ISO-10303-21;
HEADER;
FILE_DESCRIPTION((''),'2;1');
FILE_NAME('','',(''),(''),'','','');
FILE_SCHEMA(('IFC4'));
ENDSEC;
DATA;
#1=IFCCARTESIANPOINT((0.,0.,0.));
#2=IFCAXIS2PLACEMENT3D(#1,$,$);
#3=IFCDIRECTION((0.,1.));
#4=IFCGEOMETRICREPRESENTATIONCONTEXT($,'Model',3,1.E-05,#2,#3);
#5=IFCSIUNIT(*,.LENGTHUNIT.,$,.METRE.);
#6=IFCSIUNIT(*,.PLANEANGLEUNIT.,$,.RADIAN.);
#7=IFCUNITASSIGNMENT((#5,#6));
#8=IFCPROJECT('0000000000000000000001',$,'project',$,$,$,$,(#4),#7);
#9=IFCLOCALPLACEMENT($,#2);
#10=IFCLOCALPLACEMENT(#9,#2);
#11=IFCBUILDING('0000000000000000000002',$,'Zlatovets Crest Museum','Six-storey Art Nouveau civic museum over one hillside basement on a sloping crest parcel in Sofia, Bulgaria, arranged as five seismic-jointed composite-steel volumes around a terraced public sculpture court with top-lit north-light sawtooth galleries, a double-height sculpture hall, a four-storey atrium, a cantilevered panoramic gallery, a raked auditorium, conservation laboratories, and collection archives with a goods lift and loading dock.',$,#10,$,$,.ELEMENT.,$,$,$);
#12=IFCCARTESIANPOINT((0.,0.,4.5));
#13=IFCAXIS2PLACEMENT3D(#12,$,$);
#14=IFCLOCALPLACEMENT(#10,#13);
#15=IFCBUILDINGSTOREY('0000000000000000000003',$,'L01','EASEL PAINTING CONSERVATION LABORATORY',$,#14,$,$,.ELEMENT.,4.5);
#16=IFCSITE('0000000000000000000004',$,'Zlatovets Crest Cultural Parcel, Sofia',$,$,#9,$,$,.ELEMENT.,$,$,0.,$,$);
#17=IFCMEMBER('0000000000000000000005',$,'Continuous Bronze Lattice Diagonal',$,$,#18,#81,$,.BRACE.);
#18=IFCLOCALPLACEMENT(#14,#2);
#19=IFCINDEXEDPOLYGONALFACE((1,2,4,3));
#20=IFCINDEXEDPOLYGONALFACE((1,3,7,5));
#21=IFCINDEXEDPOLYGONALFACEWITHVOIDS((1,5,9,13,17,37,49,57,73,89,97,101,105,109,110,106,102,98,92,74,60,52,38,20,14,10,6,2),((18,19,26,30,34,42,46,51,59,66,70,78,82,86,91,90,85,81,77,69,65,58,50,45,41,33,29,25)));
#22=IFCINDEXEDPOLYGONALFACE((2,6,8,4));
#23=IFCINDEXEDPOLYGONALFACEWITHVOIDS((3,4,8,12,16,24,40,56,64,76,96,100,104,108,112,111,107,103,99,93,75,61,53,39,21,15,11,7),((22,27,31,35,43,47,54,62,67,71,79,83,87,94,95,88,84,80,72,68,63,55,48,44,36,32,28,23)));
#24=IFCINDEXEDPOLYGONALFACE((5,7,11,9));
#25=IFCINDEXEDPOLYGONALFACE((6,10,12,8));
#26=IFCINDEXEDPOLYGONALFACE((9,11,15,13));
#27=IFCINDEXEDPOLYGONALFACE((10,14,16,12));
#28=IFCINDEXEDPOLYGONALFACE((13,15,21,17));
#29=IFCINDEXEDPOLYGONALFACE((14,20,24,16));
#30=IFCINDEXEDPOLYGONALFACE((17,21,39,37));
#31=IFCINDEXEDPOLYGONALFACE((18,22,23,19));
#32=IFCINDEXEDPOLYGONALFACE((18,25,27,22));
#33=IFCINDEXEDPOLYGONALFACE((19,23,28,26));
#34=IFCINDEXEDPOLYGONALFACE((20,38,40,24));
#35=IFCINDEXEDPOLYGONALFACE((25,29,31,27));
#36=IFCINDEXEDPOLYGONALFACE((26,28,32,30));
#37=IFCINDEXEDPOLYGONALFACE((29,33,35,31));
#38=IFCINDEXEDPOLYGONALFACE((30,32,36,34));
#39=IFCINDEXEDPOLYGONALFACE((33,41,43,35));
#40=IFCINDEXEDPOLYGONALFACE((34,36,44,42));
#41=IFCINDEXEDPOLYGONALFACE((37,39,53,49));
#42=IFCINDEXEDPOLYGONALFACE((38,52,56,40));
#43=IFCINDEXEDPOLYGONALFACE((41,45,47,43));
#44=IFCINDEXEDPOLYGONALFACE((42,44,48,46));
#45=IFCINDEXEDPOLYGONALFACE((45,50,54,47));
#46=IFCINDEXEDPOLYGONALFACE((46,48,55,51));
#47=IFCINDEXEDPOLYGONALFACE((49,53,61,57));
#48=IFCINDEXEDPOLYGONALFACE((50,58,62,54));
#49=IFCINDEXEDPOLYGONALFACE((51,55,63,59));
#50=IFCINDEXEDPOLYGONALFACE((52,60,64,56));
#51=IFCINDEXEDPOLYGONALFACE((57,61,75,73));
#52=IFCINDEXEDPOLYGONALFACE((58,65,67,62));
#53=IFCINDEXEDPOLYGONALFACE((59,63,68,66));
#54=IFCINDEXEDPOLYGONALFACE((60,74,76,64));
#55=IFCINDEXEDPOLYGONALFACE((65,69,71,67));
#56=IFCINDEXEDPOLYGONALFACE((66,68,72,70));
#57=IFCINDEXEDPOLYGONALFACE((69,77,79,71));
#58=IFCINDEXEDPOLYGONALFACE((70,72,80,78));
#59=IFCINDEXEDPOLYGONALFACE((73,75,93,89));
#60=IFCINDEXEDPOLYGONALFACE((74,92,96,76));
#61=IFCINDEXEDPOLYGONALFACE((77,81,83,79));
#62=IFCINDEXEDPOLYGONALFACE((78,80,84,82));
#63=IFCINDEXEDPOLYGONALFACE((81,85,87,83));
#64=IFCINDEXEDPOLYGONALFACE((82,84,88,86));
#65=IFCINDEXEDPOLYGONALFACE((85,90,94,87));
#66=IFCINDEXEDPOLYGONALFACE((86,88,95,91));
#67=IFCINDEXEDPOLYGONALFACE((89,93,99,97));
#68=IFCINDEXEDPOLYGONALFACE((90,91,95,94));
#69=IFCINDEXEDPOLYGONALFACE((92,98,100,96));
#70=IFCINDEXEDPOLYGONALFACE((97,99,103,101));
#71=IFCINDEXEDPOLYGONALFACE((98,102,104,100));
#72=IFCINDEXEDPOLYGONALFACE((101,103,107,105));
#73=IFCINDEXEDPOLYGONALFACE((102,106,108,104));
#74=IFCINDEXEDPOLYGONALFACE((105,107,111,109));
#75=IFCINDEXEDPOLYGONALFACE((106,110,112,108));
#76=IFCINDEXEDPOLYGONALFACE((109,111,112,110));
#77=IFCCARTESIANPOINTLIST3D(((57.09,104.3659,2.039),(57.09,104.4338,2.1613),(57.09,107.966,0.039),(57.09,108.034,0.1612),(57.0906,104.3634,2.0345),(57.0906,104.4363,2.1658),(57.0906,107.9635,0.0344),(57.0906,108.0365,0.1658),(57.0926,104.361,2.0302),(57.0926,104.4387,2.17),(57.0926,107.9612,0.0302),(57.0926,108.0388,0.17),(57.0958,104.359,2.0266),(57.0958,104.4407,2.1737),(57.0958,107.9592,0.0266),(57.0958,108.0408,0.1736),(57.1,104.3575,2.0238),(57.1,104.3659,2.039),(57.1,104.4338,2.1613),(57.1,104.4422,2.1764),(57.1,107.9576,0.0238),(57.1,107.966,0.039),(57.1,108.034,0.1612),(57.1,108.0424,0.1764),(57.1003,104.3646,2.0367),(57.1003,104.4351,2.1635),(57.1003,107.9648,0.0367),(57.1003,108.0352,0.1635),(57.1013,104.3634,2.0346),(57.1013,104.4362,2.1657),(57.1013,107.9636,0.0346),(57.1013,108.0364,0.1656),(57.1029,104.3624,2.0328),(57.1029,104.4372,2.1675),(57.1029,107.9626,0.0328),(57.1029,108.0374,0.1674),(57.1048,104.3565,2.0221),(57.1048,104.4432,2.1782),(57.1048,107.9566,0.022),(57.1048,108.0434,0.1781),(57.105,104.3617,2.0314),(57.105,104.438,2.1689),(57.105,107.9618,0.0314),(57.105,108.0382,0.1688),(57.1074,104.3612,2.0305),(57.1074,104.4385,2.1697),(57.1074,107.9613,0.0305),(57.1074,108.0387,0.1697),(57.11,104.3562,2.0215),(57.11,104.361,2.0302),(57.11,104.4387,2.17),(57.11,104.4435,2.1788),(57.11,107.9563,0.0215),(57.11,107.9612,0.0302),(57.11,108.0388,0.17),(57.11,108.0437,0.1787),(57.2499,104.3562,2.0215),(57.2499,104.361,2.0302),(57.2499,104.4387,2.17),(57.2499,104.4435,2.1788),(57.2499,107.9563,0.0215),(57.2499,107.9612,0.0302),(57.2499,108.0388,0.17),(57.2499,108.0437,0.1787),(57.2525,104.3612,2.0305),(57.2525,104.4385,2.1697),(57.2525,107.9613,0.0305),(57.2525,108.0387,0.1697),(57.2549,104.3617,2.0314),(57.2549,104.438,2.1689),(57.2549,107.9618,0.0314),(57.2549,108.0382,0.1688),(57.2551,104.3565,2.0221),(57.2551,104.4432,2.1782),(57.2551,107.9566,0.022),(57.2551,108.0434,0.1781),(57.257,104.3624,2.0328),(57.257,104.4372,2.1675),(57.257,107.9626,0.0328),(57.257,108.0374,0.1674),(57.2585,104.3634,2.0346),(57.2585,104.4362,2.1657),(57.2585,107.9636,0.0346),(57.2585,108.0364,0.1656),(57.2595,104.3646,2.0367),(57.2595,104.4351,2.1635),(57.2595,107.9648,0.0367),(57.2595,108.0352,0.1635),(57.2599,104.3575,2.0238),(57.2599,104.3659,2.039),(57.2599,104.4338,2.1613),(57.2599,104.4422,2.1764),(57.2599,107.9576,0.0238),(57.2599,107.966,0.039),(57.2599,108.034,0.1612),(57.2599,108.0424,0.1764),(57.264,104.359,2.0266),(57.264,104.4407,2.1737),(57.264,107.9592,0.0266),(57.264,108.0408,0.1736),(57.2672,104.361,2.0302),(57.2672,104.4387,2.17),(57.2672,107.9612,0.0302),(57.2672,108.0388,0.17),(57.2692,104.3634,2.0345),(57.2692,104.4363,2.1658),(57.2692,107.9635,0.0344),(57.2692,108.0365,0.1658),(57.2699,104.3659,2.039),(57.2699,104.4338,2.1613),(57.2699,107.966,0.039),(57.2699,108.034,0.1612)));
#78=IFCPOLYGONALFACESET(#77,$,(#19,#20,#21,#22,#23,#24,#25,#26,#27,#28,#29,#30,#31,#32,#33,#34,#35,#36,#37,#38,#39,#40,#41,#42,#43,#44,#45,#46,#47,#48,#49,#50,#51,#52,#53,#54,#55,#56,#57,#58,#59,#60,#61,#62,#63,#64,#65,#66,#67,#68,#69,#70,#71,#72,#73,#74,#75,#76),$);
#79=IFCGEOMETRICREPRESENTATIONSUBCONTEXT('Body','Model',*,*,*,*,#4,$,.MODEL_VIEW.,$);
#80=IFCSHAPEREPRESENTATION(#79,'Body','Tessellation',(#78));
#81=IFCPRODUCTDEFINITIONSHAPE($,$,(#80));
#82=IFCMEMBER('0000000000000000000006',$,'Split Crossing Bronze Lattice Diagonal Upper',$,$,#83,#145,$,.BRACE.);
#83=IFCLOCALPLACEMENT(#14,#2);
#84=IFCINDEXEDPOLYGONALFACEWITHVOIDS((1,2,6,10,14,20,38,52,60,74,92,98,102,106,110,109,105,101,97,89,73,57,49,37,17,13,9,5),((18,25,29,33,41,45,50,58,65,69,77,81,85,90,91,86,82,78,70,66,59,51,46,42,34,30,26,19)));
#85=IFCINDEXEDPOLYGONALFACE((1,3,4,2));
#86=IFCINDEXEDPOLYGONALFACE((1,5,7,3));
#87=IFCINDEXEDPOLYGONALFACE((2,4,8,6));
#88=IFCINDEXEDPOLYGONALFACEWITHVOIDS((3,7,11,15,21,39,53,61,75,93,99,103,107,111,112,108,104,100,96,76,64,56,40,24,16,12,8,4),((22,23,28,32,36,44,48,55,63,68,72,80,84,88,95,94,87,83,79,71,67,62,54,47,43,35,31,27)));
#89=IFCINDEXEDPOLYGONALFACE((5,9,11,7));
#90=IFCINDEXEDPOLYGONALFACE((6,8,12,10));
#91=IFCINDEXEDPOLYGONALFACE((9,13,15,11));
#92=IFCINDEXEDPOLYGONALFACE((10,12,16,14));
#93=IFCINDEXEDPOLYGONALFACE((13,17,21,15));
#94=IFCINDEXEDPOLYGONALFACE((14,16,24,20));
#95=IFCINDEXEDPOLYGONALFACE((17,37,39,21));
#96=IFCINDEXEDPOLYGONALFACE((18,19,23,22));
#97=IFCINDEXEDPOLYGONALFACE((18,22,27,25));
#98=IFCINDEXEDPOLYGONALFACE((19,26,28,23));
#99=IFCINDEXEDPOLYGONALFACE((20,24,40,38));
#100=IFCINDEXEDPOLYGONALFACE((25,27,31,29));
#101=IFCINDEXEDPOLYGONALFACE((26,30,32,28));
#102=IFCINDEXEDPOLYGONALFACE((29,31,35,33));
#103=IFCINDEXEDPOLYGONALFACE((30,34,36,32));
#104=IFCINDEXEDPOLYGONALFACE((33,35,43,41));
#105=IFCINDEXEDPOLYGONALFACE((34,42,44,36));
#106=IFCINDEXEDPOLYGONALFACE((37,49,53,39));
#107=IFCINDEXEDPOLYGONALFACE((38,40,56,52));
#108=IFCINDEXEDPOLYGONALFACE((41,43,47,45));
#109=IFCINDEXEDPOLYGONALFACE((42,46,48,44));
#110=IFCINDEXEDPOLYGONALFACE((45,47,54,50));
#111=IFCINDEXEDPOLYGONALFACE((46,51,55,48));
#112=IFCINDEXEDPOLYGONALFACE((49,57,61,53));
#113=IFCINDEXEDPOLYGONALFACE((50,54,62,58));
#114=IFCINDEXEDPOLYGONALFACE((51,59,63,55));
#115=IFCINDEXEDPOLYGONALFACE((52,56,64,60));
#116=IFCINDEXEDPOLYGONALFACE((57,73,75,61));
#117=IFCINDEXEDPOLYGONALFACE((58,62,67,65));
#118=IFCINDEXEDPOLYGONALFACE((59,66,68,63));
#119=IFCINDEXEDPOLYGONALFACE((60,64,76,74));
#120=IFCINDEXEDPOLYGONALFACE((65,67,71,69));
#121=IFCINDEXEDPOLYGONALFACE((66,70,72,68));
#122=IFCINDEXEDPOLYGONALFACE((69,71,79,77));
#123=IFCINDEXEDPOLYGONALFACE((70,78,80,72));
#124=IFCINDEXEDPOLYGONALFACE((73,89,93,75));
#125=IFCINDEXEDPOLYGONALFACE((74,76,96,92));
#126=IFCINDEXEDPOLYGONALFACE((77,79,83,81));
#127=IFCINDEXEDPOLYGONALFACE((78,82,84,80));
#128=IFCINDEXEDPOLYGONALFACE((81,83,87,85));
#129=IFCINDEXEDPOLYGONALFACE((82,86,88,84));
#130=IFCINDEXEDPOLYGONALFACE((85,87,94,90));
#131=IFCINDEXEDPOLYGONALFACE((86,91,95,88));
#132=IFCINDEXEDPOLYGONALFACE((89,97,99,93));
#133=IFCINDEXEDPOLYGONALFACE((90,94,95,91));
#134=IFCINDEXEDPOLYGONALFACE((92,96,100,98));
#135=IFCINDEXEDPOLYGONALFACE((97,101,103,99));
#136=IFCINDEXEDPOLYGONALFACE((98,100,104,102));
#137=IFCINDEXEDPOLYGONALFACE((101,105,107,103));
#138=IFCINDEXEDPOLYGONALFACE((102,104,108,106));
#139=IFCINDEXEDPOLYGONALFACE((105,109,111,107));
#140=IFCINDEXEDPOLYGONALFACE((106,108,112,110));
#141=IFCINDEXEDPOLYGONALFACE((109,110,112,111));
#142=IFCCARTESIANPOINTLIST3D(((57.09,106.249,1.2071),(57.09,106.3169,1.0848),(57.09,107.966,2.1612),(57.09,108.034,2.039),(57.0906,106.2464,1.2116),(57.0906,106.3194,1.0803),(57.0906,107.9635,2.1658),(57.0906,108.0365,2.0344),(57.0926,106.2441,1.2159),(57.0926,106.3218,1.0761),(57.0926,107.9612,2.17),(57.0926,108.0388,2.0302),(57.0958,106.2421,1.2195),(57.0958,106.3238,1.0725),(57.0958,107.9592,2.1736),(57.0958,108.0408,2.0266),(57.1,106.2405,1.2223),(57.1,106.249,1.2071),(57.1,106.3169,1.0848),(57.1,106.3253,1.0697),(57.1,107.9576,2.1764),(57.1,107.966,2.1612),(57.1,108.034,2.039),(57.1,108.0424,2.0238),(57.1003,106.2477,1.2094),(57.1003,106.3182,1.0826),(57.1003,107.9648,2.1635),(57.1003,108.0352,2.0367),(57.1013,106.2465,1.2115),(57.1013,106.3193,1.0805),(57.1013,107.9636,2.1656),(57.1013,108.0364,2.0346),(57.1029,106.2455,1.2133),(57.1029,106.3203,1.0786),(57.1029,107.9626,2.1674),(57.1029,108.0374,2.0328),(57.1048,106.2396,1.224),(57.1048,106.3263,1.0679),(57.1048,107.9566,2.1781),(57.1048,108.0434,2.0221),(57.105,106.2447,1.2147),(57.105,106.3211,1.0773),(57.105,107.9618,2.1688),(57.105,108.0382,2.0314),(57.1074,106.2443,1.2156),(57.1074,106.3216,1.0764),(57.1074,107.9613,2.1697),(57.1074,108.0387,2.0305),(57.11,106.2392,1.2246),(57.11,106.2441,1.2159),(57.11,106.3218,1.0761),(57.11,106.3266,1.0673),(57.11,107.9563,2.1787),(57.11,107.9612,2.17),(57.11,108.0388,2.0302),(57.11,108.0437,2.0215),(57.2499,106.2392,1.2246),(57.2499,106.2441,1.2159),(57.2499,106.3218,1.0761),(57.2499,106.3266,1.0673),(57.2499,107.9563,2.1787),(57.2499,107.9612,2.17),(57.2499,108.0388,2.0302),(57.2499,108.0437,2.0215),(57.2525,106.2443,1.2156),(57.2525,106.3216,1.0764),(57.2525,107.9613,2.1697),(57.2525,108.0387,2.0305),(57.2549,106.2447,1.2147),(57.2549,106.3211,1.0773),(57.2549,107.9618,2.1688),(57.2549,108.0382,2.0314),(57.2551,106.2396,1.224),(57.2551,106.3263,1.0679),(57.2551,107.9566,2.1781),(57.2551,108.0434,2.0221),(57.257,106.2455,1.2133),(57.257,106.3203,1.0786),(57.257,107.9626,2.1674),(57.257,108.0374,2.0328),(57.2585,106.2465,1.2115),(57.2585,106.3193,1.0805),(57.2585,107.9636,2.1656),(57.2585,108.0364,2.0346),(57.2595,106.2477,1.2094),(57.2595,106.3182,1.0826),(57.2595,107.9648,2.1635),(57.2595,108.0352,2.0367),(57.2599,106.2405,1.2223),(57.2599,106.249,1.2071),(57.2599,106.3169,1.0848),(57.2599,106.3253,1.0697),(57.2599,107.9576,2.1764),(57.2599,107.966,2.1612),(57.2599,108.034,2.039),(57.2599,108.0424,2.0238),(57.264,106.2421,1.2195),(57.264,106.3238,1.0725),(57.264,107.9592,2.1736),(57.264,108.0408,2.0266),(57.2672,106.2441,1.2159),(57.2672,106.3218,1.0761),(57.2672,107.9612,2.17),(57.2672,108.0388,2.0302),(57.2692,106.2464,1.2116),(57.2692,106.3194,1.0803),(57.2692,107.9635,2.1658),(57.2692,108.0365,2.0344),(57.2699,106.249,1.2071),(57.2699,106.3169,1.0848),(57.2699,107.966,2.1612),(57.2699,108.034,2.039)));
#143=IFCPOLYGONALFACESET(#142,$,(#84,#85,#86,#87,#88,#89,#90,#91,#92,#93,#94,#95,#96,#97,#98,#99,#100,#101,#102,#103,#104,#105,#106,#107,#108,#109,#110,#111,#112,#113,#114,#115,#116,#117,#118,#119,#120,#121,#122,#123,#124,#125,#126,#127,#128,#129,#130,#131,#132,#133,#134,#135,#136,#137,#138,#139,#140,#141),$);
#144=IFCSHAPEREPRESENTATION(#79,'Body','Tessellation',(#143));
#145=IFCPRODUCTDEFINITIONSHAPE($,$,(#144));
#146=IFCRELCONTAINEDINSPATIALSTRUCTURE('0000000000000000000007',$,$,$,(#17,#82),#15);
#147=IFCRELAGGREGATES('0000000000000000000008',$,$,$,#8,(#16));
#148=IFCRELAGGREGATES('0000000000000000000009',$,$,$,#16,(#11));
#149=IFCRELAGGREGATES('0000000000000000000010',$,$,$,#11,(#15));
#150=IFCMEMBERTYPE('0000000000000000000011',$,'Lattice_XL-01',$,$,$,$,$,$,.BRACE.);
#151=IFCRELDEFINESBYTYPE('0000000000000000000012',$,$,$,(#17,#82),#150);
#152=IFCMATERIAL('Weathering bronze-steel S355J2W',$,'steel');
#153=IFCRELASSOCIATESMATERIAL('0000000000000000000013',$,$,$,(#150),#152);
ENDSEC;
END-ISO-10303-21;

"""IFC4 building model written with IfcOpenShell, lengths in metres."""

from ifc_helpers import new_model, si_unit, direction, frame, origin, origin_2d, place, context, subcontext, project, spatial, hollow_rectangle, extrude, material, material_profile, profile_set, type_object, element, save


model = new_model("IFC4")

# Units and contexts
model_context = context("Model", 3, precision=1e-05, world=origin(), true_north=direction((0.0, 1.0)))
body_context = subcontext(model_context, "Body", "Model", "MODEL_VIEW")
ifc_project = project(units=[si_unit("LENGTHUNIT", "METRE"), si_unit("PLANEANGLEUNIT", "RADIAN")], contexts=[model_context])

# Site, building, storey
site_placement = place(None, origin())
site = spatial("IfcSite", under=ifc_project, at=site_placement, Name="Zlatovets Crest Cultural Parcel, Sofia", CompositionType="ELEMENT", RefElevation=0.0)
building_placement = place(site_placement, origin())
building = spatial("IfcBuilding", under=site, at=building_placement, Name="Zlatovets Crest Museum", Description="Six-storey Art Nouveau civic museum over one hillside basement on a sloping crest parcel in Sofia, Bulgaria, arranged as five seismic-jointed composite-steel volumes around a terraced public sculpture court with top-lit north-light sawtooth galleries, a double-height sculpture hall, a four-storey atrium, a cantilevered panoramic gallery, a raked auditorium, conservation laboratories, and collection archives with a goods lift and loading dock.", CompositionType="ELEMENT")
storey_placement = place(building_placement, frame((0.0, 0.0, 4.5)))
storey = spatial("IfcBuildingStorey", under=building, at=storey_placement, Name="L01", Description="EASEL PAINTING CONSERVATION LABORATORY", CompositionType="ELEMENT", Elevation=4.5)

# Members
ifc_material_1 = material(Name="Weathering bronze-steel S355J2W", Category="steel")
ifc_material_profile_1 = material_profile(ifc_material_1, hollow_rectangle(XDim=0.1799, YDim=0.1799, WallThickness=0.01, InnerFilletRadius=0.01, OuterFilletRadius=0.02, at=origin_2d()), Name="SHS 180x180x10.0")
ifc_profile_set_1 = profile_set([ifc_material_profile_1], Name="Weathering bronze-steel S355J2W")
member_type_1 = type_object("IfcMemberType", Name="Lattice_XL-01", PredefinedType="BRACE", material=ifc_profile_set_1)
member_1_placement = place(storey_placement, frame((57.1799, 108.0, 0.1001), z_axis=(0.0, -0.874163, 0.485633), x_axis=(1.0, 0.0, 0.0)))
element("IfcMember", 1, at=member_1_placement, inside=storey, type_object=member_type_1, Name="Continuous Bronze Lattice Diagonal", PredefinedType="BRACE", context=body_context, shape_type="SweptSolid", body=[
    extrude(hollow_rectangle(XDim=0.1799, YDim=0.1799, WallThickness=0.01, InnerFilletRadius=0.01, OuterFilletRadius=0.02, at=origin_2d()), origin(), (0.0, 0.0, 1.0), 4.1184),
])
member_2_placement = place(storey_placement, frame((57.1799, 108.0, 2.1001), z_axis=(0.0, -0.874116, -0.485717), x_axis=(1.0, 0.0, 0.0)))
element("IfcMember", 2, at=member_2_placement, inside=storey, type_object=member_type_1, Name="Split Crossing Bronze Lattice Diagonal Upper", PredefinedType="BRACE", context=body_context, shape_type="SweptSolid", body=[
    extrude(hollow_rectangle(XDim=0.1799, YDim=0.1799, WallThickness=0.01, InnerFilletRadius=0.01, OuterFilletRadius=0.02, at=origin_2d()), origin(), (0.0, 0.0, 1.0), 1.9644),
])

save(model, "model.ifc")
